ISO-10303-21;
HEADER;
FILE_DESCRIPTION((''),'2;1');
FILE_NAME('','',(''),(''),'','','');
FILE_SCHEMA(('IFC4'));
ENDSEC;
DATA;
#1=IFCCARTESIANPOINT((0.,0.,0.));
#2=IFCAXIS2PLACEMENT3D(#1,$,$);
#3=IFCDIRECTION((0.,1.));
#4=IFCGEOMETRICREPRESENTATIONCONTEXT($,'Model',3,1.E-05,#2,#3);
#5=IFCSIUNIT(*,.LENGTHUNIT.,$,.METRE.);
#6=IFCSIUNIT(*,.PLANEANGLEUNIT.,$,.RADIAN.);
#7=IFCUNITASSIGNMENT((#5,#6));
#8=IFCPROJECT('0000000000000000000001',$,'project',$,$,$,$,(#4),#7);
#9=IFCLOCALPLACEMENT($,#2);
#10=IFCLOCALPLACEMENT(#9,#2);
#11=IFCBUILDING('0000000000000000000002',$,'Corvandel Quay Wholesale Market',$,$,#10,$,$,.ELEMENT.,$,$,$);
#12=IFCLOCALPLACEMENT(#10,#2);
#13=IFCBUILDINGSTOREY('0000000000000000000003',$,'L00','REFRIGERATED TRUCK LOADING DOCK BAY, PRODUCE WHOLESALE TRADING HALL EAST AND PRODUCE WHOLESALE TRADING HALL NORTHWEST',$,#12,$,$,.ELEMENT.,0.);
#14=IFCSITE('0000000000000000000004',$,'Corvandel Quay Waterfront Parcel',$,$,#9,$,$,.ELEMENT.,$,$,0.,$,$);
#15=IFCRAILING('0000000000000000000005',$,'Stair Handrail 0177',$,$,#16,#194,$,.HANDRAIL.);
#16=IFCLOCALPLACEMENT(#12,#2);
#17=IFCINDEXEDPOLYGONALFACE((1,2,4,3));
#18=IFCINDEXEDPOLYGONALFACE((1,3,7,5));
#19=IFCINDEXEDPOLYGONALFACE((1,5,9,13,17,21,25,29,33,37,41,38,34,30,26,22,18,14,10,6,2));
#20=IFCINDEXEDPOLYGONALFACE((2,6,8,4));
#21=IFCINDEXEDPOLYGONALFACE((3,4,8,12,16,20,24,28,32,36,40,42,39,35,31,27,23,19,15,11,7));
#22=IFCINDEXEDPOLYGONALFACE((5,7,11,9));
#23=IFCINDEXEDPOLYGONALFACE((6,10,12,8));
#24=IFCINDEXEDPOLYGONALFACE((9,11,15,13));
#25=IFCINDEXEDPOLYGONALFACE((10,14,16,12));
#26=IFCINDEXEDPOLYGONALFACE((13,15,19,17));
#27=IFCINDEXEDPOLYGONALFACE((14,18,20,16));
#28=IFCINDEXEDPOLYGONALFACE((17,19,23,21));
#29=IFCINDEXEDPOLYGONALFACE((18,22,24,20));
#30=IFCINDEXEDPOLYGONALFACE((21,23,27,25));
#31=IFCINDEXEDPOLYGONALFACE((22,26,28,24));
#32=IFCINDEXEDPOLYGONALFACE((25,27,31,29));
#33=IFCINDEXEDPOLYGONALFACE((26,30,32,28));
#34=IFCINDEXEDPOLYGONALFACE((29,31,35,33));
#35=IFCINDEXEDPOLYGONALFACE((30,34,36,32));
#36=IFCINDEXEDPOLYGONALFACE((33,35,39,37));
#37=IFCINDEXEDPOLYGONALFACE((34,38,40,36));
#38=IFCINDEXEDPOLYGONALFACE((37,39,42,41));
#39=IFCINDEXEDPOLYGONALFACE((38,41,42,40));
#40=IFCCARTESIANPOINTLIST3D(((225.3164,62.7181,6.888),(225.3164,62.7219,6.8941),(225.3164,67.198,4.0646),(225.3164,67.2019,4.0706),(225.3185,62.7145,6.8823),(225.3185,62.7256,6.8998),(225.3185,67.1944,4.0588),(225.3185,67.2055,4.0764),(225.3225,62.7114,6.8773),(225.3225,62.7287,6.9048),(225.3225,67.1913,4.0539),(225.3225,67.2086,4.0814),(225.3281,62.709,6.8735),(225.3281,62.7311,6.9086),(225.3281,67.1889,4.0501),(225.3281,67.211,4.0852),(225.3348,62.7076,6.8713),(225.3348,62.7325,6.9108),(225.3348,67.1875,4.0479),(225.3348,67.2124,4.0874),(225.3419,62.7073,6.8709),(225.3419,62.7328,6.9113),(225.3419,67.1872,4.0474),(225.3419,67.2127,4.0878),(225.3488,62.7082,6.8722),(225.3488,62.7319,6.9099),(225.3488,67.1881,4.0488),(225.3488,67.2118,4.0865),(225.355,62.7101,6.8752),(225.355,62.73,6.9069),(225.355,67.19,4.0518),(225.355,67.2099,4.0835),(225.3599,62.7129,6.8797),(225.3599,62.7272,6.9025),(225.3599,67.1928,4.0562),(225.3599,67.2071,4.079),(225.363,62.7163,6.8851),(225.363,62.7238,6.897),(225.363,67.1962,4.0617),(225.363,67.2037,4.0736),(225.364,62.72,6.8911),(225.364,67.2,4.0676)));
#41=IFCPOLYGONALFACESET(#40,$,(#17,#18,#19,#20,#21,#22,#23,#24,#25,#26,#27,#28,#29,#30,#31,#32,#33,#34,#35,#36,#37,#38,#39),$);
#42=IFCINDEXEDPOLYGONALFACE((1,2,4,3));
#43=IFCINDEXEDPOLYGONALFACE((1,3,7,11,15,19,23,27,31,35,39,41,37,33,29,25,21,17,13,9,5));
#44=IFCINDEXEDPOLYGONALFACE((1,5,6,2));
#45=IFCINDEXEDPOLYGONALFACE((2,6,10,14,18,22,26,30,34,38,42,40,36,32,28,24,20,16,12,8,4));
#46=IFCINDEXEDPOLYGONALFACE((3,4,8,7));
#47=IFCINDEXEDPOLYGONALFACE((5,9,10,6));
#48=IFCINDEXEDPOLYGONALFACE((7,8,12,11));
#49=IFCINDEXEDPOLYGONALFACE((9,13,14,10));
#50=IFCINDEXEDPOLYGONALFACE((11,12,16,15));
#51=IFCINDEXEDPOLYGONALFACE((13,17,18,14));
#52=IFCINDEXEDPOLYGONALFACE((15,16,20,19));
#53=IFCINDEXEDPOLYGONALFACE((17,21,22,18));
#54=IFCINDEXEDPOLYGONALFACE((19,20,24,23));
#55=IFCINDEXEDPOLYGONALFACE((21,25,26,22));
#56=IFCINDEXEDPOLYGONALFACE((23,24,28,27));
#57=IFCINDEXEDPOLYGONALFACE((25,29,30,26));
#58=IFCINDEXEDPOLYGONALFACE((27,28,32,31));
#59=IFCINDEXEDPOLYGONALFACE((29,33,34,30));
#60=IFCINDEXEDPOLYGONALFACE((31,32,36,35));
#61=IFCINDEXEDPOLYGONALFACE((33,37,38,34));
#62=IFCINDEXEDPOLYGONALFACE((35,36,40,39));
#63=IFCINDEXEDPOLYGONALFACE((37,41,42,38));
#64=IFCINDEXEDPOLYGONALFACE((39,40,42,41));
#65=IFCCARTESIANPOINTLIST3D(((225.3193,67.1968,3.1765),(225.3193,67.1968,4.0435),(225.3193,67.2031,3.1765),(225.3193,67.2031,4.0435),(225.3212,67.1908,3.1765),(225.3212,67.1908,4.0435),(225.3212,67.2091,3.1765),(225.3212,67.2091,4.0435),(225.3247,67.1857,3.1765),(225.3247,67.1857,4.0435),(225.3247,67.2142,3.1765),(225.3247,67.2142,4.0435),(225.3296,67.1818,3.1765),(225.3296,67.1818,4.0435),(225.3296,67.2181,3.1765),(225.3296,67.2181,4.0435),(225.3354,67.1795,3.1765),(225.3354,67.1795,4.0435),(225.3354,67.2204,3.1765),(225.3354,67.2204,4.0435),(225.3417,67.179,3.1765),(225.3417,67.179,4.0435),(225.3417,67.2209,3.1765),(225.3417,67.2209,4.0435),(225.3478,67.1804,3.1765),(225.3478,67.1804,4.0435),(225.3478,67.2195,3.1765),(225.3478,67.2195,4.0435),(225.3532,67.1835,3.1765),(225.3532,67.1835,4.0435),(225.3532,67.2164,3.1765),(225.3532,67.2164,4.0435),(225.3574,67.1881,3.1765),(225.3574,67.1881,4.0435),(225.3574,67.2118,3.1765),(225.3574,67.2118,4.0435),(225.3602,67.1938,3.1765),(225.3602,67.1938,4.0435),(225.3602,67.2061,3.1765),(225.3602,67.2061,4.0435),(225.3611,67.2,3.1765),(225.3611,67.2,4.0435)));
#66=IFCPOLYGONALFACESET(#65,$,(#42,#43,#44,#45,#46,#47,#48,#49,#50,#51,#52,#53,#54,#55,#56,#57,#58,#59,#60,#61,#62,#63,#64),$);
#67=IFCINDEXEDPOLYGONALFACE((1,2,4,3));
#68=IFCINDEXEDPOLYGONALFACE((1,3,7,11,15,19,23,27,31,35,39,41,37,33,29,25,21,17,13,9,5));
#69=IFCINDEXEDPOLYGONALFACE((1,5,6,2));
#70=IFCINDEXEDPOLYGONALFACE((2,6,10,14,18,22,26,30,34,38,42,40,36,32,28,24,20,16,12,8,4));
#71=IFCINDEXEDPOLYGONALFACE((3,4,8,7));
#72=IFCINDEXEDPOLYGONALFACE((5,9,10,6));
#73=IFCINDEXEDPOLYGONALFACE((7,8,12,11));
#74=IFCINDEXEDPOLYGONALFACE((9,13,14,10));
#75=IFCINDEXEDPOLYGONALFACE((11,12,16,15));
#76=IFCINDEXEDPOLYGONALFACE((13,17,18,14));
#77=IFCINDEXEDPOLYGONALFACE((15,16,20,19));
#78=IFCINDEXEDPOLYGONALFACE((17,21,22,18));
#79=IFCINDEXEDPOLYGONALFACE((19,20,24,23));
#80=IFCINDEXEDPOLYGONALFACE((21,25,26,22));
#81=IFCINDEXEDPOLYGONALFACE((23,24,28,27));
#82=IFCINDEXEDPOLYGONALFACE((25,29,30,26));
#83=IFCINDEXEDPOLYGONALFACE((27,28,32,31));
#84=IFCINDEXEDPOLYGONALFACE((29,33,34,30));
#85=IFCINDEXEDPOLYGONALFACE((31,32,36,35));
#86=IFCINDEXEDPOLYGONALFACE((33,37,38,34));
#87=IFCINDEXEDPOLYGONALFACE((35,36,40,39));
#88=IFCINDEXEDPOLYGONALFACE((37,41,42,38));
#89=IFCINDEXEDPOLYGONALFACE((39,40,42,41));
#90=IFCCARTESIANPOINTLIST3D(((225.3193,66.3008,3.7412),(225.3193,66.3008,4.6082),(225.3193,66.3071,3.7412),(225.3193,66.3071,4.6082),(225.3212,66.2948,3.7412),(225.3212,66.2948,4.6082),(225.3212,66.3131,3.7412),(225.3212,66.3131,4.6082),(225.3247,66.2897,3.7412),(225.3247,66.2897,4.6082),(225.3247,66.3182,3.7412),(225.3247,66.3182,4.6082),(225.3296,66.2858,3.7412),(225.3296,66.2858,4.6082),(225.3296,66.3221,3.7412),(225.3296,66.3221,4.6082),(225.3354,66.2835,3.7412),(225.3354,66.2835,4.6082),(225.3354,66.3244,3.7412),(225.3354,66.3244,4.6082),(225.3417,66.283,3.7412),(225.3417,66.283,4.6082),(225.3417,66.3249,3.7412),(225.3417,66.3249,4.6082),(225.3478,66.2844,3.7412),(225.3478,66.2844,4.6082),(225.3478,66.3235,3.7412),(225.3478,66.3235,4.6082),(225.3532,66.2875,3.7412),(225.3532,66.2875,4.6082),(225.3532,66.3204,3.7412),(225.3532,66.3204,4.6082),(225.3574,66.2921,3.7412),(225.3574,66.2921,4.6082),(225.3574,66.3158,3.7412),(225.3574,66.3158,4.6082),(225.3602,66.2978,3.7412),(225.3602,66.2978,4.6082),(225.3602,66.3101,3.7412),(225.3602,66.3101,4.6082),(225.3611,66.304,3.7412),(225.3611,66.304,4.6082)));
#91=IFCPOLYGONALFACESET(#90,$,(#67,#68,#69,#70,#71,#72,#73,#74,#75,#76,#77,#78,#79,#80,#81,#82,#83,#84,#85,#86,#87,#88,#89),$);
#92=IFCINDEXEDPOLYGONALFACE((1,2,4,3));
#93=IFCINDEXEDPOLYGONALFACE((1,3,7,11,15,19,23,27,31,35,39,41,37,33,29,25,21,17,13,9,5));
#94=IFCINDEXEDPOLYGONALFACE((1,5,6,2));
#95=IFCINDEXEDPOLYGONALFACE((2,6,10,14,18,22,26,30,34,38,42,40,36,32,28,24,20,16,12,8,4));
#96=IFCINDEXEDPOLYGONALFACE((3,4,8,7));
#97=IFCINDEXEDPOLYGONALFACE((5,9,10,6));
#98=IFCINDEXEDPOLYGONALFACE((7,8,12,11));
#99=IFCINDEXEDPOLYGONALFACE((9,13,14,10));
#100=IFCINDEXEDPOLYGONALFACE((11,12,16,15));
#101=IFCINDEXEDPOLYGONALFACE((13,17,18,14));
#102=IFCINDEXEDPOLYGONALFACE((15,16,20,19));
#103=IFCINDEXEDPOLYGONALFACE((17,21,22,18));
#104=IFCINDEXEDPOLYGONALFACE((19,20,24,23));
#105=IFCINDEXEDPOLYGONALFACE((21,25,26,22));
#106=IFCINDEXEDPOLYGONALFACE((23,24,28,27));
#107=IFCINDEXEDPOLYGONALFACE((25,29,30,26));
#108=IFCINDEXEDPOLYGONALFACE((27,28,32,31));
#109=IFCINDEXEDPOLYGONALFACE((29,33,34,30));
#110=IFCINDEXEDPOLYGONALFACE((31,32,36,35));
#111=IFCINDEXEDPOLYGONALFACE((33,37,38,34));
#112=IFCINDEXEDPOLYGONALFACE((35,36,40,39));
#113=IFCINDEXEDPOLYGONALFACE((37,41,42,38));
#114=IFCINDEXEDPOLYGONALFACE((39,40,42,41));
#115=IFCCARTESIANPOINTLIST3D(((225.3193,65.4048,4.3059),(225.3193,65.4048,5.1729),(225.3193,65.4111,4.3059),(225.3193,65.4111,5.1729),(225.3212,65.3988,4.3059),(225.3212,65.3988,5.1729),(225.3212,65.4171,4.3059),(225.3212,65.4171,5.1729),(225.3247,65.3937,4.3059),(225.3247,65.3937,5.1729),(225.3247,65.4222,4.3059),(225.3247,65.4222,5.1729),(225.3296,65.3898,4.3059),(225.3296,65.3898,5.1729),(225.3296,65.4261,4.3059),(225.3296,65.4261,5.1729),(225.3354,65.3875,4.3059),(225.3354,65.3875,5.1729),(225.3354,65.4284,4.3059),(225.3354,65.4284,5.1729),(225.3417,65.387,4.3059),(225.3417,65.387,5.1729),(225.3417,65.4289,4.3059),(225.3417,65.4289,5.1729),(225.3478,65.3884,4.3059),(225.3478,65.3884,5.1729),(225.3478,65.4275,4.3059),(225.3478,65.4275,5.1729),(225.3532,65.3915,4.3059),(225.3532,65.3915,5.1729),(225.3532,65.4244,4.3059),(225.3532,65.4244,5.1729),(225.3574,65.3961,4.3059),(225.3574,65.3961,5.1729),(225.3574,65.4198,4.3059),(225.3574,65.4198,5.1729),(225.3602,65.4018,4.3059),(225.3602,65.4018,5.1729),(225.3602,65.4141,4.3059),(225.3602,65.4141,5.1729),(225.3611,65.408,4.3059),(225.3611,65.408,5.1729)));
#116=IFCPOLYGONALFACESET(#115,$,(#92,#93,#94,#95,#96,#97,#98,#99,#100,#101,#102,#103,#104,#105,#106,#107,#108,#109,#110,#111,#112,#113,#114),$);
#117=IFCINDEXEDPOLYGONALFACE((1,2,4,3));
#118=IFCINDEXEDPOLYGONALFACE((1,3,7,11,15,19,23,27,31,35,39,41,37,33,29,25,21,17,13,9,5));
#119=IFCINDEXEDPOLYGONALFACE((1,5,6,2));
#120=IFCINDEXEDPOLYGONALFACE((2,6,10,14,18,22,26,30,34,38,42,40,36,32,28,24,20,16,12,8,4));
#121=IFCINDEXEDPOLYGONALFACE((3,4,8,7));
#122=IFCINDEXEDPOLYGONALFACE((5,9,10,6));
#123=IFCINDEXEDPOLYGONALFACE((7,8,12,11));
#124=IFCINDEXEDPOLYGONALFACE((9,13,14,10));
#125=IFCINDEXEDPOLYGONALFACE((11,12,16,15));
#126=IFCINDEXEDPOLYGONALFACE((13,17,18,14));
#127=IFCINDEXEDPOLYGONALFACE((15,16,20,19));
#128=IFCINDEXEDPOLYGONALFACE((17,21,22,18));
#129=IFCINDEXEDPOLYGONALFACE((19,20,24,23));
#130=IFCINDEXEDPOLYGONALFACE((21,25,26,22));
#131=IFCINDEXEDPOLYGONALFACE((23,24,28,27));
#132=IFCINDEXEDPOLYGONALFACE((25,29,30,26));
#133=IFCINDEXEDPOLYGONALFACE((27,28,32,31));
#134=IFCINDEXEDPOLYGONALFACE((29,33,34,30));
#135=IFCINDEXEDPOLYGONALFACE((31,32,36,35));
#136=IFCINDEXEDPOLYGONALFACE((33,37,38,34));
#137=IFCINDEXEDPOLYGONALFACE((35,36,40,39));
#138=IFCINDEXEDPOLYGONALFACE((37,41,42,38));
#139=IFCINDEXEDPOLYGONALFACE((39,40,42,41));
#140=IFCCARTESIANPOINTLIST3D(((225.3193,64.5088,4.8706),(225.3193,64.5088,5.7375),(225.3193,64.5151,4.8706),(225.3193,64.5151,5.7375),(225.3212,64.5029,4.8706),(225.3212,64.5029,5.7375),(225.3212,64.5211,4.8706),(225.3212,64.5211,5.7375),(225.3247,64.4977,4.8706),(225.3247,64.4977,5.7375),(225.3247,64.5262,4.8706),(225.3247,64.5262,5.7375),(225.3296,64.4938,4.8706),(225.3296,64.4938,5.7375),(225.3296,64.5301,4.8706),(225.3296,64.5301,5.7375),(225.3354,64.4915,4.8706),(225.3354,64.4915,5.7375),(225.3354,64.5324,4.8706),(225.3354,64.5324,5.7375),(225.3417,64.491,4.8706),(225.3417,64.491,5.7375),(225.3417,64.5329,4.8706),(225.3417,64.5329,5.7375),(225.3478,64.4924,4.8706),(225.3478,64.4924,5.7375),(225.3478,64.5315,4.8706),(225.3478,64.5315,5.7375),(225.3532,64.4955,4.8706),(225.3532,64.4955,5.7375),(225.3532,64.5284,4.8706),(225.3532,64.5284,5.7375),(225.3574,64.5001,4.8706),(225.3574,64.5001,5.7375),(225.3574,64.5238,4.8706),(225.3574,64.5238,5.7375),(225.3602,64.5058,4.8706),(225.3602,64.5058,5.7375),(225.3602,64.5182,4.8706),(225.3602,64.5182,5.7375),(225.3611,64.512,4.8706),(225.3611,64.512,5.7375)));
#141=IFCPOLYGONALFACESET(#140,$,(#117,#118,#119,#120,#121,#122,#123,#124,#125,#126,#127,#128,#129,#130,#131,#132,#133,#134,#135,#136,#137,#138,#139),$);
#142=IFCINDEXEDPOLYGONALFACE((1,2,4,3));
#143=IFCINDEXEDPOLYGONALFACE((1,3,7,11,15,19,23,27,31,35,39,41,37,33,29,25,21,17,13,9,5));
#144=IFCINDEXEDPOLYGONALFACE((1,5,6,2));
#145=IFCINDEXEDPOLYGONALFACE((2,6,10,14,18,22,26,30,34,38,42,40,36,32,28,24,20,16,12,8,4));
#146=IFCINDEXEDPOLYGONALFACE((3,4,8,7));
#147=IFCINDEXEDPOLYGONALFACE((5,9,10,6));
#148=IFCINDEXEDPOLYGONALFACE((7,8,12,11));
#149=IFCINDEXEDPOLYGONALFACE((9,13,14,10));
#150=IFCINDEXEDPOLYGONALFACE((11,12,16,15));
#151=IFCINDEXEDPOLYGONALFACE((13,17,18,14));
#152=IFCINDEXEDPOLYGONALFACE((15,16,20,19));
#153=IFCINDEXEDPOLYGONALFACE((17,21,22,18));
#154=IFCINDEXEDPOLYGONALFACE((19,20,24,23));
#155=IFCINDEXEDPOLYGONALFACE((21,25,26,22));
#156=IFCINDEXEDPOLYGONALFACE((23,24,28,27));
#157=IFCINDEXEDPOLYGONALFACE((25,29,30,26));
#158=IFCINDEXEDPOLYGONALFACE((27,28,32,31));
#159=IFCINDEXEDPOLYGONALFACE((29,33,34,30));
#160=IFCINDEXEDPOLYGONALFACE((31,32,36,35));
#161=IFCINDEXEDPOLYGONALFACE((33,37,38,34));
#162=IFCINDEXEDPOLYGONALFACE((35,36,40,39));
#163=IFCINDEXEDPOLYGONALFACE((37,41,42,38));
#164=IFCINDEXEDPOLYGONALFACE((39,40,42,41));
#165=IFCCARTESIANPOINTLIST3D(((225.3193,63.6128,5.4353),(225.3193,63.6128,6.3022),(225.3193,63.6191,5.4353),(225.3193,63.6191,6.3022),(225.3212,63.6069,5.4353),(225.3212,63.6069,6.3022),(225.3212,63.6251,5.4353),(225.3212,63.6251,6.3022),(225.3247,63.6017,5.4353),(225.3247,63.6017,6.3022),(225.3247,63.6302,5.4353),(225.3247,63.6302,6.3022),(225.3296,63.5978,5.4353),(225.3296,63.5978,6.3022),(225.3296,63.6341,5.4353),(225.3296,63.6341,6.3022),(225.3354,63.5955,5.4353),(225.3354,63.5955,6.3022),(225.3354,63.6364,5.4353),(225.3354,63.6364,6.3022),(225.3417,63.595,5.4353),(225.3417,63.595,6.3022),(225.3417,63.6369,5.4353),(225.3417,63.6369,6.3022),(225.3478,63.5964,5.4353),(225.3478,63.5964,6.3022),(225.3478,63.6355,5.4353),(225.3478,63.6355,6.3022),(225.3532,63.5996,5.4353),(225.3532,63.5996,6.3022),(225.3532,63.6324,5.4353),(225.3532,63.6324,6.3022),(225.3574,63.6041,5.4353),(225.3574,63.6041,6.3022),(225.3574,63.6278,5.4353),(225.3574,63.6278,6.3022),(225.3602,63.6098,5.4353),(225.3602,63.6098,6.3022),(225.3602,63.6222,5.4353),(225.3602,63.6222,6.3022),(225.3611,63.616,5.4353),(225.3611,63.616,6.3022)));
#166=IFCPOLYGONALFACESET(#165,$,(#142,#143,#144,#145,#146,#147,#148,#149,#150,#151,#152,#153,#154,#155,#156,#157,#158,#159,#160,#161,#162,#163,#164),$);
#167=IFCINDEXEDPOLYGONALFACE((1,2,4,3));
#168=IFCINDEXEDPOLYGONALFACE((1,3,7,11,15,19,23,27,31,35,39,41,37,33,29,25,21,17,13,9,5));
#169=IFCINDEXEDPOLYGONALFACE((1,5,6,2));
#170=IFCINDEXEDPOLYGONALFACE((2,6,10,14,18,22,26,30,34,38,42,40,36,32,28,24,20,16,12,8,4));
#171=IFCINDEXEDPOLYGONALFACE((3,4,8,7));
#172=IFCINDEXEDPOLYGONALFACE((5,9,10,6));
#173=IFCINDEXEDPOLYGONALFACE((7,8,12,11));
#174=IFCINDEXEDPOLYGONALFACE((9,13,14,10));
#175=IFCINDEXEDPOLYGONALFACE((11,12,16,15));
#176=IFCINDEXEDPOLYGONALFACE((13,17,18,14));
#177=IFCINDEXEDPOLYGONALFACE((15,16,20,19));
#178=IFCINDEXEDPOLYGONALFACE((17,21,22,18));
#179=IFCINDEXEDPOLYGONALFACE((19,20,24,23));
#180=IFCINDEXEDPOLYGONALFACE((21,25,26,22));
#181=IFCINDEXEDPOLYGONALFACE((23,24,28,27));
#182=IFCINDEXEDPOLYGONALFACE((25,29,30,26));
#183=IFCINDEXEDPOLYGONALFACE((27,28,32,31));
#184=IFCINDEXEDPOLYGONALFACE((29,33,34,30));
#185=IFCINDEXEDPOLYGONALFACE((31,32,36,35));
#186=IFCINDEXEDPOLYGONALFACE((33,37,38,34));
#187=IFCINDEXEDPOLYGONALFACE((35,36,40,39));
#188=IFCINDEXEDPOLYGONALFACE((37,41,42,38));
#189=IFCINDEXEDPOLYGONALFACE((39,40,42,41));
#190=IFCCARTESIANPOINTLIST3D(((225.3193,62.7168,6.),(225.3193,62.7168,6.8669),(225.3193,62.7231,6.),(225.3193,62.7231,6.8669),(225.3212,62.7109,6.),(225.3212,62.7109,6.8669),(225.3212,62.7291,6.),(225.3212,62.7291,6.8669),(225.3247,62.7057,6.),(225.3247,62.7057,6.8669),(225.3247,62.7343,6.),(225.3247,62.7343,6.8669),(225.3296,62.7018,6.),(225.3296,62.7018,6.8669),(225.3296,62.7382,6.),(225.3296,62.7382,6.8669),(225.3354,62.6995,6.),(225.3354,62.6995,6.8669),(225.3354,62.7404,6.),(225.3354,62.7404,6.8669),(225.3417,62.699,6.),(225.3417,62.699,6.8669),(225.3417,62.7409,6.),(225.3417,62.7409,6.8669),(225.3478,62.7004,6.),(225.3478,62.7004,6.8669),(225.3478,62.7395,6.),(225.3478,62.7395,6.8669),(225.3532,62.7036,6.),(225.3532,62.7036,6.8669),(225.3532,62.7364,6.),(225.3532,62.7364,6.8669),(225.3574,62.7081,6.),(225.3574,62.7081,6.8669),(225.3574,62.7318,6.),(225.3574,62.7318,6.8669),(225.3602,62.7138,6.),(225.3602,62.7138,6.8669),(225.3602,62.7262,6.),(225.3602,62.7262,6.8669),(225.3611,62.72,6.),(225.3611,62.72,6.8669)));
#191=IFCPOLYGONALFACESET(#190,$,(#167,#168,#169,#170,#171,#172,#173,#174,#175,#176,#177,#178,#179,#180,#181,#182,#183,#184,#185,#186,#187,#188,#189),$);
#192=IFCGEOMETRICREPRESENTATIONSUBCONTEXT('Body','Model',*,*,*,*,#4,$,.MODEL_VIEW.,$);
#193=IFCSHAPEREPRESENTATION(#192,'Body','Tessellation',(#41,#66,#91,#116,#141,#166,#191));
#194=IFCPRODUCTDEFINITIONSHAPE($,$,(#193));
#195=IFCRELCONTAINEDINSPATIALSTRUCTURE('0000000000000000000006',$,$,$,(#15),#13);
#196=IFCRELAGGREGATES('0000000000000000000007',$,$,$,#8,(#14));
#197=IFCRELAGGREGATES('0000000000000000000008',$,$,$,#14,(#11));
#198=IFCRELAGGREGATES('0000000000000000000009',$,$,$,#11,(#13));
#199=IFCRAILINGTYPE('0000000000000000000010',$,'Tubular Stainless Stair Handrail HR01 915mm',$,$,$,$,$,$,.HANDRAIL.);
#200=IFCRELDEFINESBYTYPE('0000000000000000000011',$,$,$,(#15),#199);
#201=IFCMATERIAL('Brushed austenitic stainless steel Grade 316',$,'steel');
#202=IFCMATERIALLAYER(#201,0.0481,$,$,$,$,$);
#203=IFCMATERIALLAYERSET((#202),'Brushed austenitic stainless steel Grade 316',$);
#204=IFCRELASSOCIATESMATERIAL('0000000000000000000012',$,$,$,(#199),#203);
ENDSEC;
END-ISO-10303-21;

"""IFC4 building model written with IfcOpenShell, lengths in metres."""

from ifc_helpers import new_model, si_unit, direction, frame, origin, origin_2d, place, context, subcontext, project, spatial, circle, extrude, material, layer, layer_set, type_object, element, save


model = new_model("IFC4")

# Units and contexts
model_context = context("Model", 3, precision=1e-05, world=origin(), true_north=direction((0.0, 1.0)))
body_context = subcontext(model_context, "Body", "Model", "MODEL_VIEW")
ifc_project = project(units=[si_unit("LENGTHUNIT", "METRE"), si_unit("PLANEANGLEUNIT", "RADIAN")], contexts=[model_context])

# Site, building, storey
site_placement = place(None, origin())
site = spatial("IfcSite", under=ifc_project, at=site_placement, Name="Corvandel Quay Waterfront Parcel", CompositionType="ELEMENT", RefElevation=0.0)
building_placement = place(site_placement, origin())
building = spatial("IfcBuilding", under=site, at=building_placement, Name="Corvandel Quay Wholesale Market", CompositionType="ELEMENT")
storey_placement = place(building_placement, origin())
storey = spatial("IfcBuildingStorey", under=building, at=storey_placement, Name="L00", Description="REFRIGERATED TRUCK LOADING DOCK BAY, PRODUCE WHOLESALE TRADING HALL EAST AND PRODUCE WHOLESALE TRADING HALL NORTHWEST", CompositionType="ELEMENT", Elevation=0.0)

# Railing
ifc_material_1 = material(Name="Brushed austenitic stainless steel Grade 316", Category="steel")
ifc_layer_1 = layer(ifc_material_1, 0.0481)
ifc_layer_set_1 = layer_set([ifc_layer_1], Name="Brushed austenitic stainless steel Grade 316")
railing_type = type_object("IfcRailingType", Name="Tubular Stainless Stair Handrail HR01 915mm", PredefinedType="HANDRAIL", material=ifc_layer_set_1)
for number, where, name in (
    (1, (225.3401, 67.2, 3.1765), "Stair Handrail 0177"),
):
    element("IfcRailing", number, at=place(storey_placement, frame(where)), inside=storey, type_object=railing_type, Name=name, PredefinedType="HANDRAIL", context=body_context, shape_type="SweptSolid", body=[
        extrude(circle(Radius=0.0239, at=origin_2d()), frame((0.0, 0.0, 0.8911), z_axis=(0.0, -0.845998, 0.533186), x_axis=(1.0, 0.0, 0.0)), (0.0, 0.0, 1.0), 5.2954),
        extrude(circle(Radius=0.021, at=origin_2d()), origin(), (0.0, 0.0, 1.0), 0.8669),
        extrude(circle(Radius=0.021, at=origin_2d()), frame((0.0, -0.896, 0.5647)), (0.0, 0.0, 1.0), 0.8669),
        extrude(circle(Radius=0.021, at=origin_2d()), frame((0.0, -1.792, 1.1294)), (0.0, 0.0, 1.0), 0.8669),
        extrude(circle(Radius=0.021, at=origin_2d()), frame((0.0, -2.688, 1.6941)), (0.0, 0.0, 1.0), 0.8669),
        extrude(circle(Radius=0.021, at=origin_2d()), frame((0.0, -3.584, 2.2588)), (0.0, 0.0, 1.0), 0.8669),
        extrude(circle(Radius=0.021, at=origin_2d()), frame((0.0, -4.48, 2.8235)), (0.0, 0.0, 1.0), 0.8669),
    ])

save(model, "model.ifc")
